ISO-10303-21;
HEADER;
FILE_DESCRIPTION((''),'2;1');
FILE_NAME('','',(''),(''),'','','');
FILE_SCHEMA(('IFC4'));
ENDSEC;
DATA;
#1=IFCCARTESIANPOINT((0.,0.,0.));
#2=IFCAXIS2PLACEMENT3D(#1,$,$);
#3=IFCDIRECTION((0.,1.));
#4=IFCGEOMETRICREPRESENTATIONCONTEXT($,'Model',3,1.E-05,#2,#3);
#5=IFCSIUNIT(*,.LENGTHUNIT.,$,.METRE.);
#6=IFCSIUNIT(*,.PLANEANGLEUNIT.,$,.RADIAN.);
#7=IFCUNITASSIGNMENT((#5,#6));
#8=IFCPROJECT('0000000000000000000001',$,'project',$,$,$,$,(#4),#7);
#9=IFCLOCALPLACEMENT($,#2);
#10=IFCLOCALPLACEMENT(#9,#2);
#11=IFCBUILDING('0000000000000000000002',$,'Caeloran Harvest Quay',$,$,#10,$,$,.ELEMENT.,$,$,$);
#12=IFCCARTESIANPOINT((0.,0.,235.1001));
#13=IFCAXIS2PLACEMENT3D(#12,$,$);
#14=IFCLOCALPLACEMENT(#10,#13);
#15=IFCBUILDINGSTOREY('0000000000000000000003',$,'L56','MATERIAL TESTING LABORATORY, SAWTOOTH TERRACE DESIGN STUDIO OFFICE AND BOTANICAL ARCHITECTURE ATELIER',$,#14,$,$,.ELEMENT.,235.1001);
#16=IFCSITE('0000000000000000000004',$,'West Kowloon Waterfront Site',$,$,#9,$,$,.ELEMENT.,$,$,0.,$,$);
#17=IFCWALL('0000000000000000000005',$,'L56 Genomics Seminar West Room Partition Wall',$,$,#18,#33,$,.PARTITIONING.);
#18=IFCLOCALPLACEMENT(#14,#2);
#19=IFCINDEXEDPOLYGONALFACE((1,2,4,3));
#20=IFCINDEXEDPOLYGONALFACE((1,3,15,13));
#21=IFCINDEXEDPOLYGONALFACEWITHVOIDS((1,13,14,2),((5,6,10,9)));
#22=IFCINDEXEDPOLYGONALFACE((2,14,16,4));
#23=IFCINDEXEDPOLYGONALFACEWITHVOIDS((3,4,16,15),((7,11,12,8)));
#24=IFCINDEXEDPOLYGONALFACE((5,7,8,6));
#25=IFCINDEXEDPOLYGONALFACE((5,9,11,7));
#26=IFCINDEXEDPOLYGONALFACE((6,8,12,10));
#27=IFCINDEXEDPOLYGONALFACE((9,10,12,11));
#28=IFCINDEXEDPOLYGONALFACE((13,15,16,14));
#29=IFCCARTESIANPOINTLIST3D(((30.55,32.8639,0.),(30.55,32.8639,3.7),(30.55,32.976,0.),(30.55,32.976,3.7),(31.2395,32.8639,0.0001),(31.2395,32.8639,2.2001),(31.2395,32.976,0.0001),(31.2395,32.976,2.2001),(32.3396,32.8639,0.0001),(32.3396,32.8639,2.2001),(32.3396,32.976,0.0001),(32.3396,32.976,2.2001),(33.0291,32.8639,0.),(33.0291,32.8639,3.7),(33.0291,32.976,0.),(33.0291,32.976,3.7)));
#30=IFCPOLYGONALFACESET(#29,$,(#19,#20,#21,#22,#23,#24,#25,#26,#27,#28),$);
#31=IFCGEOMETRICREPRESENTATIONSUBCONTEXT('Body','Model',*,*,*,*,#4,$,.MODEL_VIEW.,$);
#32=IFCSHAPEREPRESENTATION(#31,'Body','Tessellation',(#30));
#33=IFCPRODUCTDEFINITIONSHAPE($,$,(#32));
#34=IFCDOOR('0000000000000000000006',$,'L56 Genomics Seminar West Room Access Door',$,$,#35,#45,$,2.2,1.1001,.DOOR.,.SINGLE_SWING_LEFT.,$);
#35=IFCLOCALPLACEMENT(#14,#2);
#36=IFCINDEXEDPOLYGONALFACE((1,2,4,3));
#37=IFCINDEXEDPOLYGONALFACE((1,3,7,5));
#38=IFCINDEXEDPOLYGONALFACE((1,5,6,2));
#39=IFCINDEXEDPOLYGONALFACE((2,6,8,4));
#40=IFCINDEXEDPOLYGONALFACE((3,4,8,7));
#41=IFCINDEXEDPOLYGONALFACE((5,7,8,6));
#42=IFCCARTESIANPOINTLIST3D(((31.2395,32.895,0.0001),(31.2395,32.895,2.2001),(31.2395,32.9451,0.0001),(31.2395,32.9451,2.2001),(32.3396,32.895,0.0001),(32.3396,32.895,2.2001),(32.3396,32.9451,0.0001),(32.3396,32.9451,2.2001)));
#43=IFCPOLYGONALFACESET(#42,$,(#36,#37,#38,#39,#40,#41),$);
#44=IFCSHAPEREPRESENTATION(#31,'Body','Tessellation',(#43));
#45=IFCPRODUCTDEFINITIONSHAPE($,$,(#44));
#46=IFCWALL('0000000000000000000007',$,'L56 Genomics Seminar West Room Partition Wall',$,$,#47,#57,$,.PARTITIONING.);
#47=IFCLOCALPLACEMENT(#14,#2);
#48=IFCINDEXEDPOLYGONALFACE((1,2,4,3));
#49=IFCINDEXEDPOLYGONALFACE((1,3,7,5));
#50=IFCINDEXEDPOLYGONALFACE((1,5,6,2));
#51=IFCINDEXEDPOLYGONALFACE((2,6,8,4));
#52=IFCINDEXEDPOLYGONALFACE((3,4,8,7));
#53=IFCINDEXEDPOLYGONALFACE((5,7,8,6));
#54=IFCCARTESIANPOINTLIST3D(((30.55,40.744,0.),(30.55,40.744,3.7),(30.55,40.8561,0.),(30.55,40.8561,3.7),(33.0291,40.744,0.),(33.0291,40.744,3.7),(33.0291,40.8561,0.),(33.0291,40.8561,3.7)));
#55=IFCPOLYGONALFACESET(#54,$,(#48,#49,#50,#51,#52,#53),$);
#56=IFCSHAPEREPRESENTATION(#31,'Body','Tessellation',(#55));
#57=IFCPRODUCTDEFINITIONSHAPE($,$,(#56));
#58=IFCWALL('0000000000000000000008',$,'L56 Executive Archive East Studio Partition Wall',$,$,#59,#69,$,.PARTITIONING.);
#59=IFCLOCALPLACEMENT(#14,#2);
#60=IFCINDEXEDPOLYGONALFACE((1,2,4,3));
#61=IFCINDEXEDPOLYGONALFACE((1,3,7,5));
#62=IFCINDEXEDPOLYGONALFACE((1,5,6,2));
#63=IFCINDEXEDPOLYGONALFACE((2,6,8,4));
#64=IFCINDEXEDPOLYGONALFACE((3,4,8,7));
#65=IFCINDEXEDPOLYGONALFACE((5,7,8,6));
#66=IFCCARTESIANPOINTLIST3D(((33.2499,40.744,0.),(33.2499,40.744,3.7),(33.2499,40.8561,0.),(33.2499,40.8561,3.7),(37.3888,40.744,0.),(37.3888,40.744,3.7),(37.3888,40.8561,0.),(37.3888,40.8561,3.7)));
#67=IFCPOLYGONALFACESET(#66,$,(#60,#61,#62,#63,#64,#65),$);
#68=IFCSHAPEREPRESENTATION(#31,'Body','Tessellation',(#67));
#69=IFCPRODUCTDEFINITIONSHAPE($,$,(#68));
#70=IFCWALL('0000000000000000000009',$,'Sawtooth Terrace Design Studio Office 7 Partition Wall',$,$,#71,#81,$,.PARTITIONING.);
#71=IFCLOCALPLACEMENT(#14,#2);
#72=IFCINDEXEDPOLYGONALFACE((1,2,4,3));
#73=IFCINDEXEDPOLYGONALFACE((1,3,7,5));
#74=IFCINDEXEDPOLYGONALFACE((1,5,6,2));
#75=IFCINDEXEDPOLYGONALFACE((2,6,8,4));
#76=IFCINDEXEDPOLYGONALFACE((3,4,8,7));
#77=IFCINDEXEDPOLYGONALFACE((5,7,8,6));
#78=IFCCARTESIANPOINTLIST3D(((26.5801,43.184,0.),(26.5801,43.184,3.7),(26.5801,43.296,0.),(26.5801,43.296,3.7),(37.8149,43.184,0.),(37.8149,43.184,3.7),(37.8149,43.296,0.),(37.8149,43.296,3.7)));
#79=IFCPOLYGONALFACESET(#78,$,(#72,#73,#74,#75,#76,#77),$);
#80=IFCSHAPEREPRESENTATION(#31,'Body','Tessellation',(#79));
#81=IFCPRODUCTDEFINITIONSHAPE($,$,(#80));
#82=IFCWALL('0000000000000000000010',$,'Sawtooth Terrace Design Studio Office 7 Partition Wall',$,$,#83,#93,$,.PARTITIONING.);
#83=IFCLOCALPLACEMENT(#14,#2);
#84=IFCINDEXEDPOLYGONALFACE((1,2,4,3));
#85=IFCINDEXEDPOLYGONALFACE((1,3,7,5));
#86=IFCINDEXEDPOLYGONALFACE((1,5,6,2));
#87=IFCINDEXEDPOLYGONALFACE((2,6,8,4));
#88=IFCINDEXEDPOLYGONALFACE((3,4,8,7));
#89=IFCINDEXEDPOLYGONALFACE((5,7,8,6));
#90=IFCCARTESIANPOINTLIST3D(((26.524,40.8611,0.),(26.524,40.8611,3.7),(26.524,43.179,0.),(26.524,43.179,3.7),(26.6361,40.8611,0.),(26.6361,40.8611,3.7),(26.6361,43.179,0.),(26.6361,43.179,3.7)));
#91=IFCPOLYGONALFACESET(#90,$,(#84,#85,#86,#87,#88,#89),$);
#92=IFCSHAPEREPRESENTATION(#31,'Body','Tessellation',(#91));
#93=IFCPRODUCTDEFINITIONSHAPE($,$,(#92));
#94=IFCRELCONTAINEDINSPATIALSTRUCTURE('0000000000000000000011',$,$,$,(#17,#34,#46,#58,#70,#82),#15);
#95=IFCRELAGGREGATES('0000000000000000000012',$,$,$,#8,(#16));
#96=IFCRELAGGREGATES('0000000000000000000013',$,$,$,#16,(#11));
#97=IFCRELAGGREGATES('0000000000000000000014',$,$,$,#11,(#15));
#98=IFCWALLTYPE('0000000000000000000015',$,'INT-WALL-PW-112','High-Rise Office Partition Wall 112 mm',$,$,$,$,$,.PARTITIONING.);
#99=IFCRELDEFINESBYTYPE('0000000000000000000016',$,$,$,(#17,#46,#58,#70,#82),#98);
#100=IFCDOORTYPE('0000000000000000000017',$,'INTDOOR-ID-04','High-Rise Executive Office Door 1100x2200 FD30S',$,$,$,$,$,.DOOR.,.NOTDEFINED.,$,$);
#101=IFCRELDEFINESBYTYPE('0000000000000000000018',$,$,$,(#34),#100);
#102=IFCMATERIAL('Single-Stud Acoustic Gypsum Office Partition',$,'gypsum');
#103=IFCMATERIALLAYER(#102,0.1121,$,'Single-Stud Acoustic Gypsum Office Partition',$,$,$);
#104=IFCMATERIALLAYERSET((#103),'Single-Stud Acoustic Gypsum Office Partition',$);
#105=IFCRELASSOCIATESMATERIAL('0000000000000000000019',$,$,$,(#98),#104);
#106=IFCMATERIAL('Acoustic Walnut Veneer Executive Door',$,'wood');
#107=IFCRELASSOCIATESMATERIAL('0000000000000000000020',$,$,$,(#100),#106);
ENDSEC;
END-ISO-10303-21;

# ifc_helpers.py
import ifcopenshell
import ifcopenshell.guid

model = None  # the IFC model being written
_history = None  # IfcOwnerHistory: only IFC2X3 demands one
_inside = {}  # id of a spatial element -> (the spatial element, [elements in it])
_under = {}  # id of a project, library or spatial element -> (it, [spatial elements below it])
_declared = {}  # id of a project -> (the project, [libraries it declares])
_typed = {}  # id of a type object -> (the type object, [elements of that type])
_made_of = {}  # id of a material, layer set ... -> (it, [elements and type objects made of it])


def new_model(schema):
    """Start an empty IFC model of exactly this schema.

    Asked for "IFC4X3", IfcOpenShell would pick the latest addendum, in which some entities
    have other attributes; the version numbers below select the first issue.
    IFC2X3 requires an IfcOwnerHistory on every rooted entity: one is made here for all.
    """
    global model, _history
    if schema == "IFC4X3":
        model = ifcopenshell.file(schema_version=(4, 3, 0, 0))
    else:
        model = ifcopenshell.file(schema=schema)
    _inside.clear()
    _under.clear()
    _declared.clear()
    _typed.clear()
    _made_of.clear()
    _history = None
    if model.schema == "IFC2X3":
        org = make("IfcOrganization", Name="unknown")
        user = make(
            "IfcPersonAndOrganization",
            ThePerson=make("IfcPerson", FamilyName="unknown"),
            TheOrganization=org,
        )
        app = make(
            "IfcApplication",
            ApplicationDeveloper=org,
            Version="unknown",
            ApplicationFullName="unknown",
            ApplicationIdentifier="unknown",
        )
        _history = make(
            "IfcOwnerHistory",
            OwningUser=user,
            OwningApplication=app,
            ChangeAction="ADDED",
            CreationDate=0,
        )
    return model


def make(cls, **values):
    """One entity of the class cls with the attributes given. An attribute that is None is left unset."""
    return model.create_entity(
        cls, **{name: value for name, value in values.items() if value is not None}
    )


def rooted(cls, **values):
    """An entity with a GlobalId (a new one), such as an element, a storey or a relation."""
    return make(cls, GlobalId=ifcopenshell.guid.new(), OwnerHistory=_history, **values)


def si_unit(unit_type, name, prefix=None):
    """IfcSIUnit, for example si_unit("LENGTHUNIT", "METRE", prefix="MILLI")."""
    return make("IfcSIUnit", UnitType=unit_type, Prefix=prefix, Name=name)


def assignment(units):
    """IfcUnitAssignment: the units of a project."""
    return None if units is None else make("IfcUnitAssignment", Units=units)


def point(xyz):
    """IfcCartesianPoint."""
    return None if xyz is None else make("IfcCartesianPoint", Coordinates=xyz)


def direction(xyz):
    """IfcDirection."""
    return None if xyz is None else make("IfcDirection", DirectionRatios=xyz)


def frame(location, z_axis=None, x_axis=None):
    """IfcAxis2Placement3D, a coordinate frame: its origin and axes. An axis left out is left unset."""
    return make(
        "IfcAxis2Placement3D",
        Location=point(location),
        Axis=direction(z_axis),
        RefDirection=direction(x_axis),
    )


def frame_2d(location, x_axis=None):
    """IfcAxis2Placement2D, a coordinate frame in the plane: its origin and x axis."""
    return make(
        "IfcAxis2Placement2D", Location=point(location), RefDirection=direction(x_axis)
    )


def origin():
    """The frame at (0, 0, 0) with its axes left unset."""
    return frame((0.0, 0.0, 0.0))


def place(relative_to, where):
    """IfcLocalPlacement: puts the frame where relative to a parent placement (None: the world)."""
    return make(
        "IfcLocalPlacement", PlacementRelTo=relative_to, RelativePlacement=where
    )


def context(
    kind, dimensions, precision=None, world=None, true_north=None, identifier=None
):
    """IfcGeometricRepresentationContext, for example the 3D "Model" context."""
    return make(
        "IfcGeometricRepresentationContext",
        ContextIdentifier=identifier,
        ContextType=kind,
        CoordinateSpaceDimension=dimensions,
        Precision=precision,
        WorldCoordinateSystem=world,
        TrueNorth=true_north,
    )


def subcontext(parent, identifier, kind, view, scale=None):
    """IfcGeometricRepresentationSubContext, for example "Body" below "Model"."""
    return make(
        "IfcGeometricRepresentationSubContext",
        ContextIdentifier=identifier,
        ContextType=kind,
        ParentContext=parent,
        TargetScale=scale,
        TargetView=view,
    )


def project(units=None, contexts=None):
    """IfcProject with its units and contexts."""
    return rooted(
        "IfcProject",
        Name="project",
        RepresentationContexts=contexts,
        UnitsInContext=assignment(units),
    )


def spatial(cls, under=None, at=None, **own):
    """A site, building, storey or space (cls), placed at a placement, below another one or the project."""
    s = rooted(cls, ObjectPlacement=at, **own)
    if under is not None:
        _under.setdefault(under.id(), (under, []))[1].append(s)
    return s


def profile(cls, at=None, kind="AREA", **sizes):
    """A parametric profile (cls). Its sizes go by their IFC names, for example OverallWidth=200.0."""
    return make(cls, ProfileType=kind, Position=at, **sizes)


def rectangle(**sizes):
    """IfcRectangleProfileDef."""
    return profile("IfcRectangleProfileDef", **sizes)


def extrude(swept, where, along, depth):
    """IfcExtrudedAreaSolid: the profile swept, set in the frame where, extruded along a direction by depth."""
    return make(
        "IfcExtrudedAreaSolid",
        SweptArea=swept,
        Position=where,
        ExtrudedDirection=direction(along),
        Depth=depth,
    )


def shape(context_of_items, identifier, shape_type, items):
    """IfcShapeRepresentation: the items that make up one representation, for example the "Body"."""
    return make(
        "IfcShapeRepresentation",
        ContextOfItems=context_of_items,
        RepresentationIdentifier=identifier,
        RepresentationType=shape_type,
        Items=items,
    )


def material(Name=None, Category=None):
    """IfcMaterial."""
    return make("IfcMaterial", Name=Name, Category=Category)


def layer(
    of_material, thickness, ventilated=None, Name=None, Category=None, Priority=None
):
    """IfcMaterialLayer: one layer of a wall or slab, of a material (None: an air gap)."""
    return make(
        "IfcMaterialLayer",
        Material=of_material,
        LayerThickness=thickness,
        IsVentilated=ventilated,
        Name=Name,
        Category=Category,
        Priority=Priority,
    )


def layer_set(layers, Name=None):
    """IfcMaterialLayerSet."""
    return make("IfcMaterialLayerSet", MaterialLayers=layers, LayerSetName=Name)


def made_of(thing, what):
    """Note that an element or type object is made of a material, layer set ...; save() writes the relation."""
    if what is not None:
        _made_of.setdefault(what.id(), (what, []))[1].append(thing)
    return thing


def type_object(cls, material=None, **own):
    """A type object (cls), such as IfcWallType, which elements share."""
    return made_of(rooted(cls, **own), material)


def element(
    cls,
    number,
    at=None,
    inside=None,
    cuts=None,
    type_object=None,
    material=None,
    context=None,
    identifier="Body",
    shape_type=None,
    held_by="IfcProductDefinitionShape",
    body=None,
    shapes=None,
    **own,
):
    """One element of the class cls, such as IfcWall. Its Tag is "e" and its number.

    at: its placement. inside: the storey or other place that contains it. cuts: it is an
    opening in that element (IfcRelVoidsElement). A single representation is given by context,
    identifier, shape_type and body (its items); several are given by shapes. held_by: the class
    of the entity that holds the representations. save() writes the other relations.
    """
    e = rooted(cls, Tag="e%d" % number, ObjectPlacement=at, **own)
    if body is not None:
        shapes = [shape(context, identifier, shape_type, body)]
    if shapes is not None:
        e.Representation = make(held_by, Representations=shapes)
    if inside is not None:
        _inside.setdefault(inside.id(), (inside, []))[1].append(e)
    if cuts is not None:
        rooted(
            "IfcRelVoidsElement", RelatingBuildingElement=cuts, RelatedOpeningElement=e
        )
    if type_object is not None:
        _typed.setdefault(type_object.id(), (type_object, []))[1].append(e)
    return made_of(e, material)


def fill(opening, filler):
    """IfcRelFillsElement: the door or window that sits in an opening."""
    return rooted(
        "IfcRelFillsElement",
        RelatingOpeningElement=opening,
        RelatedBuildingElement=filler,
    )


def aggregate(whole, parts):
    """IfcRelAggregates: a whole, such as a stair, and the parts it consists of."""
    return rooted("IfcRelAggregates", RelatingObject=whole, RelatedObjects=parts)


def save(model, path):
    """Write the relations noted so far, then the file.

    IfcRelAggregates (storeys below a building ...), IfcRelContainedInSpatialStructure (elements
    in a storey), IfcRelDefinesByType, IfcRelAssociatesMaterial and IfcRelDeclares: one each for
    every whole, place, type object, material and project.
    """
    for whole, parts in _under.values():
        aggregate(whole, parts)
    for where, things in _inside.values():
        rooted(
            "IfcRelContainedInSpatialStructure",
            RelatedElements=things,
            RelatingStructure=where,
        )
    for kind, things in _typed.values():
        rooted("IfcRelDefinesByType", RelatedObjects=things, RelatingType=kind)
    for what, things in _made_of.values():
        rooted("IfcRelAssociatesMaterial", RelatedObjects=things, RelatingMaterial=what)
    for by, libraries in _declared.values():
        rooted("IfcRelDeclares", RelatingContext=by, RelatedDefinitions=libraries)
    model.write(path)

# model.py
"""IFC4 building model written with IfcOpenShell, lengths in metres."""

from ifc_helpers import new_model, si_unit, direction, frame, frame_2d, origin, place, context, subcontext, project, spatial, rectangle, extrude, material, layer, layer_set, type_object, element, fill, save


model = new_model("IFC4")

# Units and contexts
model_context = context("Model", 3, precision=1e-05, world=origin(), true_north=direction((0.0, 1.0)))
body_context = subcontext(model_context, "Body", "Model", "MODEL_VIEW")
ifc_project = project(units=[si_unit("LENGTHUNIT", "METRE"), si_unit("PLANEANGLEUNIT", "RADIAN")], contexts=[model_context])

# Site, building, storey
site_placement = place(None, origin())
site = spatial("IfcSite", under=ifc_project, at=site_placement, Name="West Kowloon Waterfront Site", CompositionType="ELEMENT", RefElevation=0.0)
building_placement = place(site_placement, origin())
building = spatial("IfcBuilding", under=site, at=building_placement, Name="Caeloran Harvest Quay", CompositionType="ELEMENT")
storey_placement = place(building_placement, frame((0.0, 0.0, 235.1001)))
storey = spatial("IfcBuildingStorey", under=building, at=storey_placement, Name="L56", Description="MATERIAL TESTING LABORATORY, SAWTOOTH TERRACE DESIGN STUDIO OFFICE AND BOTANICAL ARCHITECTURE ATELIER", CompositionType="ELEMENT", Elevation=235.1001)

# Shared definitions
ifc_material_1 = material(Name="Single-Stud Acoustic Gypsum Office Partition", Category="gypsum")
ifc_layer_1 = layer(ifc_material_1, 0.1121, Name="Single-Stud Acoustic Gypsum Office Partition")
ifc_layer_set_1 = layer_set([ifc_layer_1], Name="Single-Stud Acoustic Gypsum Office Partition")
wall_type = type_object("IfcWallType", Name="INT-WALL-PW-112", Description="High-Rise Office Partition Wall 112 mm", PredefinedType="PARTITIONING", material=ifc_layer_set_1)

# Wall, opening, door
wall_1_placement = place(storey_placement, frame((33.0291, 32.9199, 0.0), z_axis=(0.0, 0.0, 1.0), x_axis=(-1.0, 0.0, 0.0)))
wall_1 = element("IfcWall", 1, at=wall_1_placement, inside=storey, type_object=wall_type, Name="L56 Genomics Seminar West Room Partition Wall", PredefinedType="PARTITIONING", context=body_context, shape_type="SweptSolid", body=[
    extrude(rectangle(XDim=2.479, YDim=0.1121, at=frame_2d((1.2395, 0.0))), origin(), (0.0, 0.0, 1.0), 3.7),
])
opening_placement = place(wall_1_placement, frame((0.6895, 0.0, 0.0)))
opening = element("IfcOpeningElement", 2, at=opening_placement, cuts=wall_1, PredefinedType="OPENING", context=body_context, shape_type="SweptSolid", body=[
    extrude(rectangle(XDim=1.1001, YDim=2.2, at=frame_2d((0.55, 1.1001))), frame((0.0, 0.0659, 0.0), z_axis=(0.0, -1.0, 0.0), x_axis=(1.0, 0.0, 0.0)), (0.0, 0.0, 1.0), 0.1321),
])
ifc_material_2 = material(Name="Acoustic Walnut Veneer Executive Door", Category="wood")
door_type = type_object("IfcDoorType", Name="INTDOOR-ID-04", Description="High-Rise Executive Office Door 1100x2200 FD30S", OperationType="NOTDEFINED", PredefinedType="DOOR", material=ifc_material_2)
door_placement = place(opening_placement, origin())
door = element("IfcDoor", 3, at=door_placement, inside=storey, type_object=door_type, Name="L56 Genomics Seminar West Room Access Door", OperationType="SINGLE_SWING_LEFT", OverallHeight=2.2, OverallWidth=1.1001, PredefinedType="DOOR", context=body_context, shape_type="SweptSolid", body=[
    extrude(rectangle(XDim=1.1001, YDim=2.2, at=frame_2d((0.55, 1.1001))), frame((0.0, 0.0249, 0.0), z_axis=(0.0, -1.0, 0.0), x_axis=(1.0, 0.0, 0.0)), (0.0, 0.0, 1.0), 0.05),
])
fill(opening, door)

# Walls
wall_2_placement = place(storey_placement, frame((30.55, 40.8, 0.0), z_axis=(0.0, 0.0, 1.0), x_axis=(1.0, 0.0, 0.0)))
element("IfcWall", 4, at=wall_2_placement, inside=storey, type_object=wall_type, Name="L56 Genomics Seminar West Room Partition Wall", PredefinedType="PARTITIONING", context=body_context, shape_type="SweptSolid", body=[
    extrude(rectangle(XDim=2.479, YDim=0.1121, at=frame_2d((1.2395, 0.0))), origin(), (0.0, 0.0, 1.0), 3.7),
])
wall_3_placement = place(storey_placement, frame((33.25, 40.8, 0.0), z_axis=(0.0, 0.0, 1.0), x_axis=(1.0, 0.0, 0.0)))
element("IfcWall", 5, at=wall_3_placement, inside=storey, type_object=wall_type, Name="L56 Executive Archive East Studio Partition Wall", PredefinedType="PARTITIONING", context=body_context, shape_type="SweptSolid", body=[
    extrude(rectangle(XDim=4.1389, YDim=0.1121, at=frame_2d((2.0693, 0.0))), origin(), (0.0, 0.0, 1.0), 3.7),
])
wall_4_placement = place(storey_placement, frame((26.5801, 43.24, 0.0), z_axis=(0.0, 0.0, 1.0), x_axis=(1.0, 0.0, 0.0)))
element("IfcWall", 6, at=wall_4_placement, inside=storey, type_object=wall_type, Name="Sawtooth Terrace Design Studio Office 7 Partition Wall", PredefinedType="PARTITIONING", context=body_context, shape_type="SweptSolid", body=[
    extrude(rectangle(XDim=11.2349, YDim=0.1121, at=frame_2d((5.6174, 0.0))), origin(), (0.0, 0.0, 1.0), 3.7),
])
wall_5_placement = place(storey_placement, frame((26.5801, 40.8611, 0.0), z_axis=(0.0, 0.0, 1.0), x_axis=(0.0, 1.0, 0.0)))
element("IfcWall", 7, at=wall_5_placement, inside=storey, type_object=wall_type, Name="Sawtooth Terrace Design Studio Office 7 Partition Wall", PredefinedType="PARTITIONING", context=body_context, shape_type="SweptSolid", body=[
    extrude(rectangle(XDim=2.3179, YDim=0.1121, at=frame_2d((1.1589, 0.0))), origin(), (0.0, 0.0, 1.0), 3.7),
])

save(model, "model.ifc")
